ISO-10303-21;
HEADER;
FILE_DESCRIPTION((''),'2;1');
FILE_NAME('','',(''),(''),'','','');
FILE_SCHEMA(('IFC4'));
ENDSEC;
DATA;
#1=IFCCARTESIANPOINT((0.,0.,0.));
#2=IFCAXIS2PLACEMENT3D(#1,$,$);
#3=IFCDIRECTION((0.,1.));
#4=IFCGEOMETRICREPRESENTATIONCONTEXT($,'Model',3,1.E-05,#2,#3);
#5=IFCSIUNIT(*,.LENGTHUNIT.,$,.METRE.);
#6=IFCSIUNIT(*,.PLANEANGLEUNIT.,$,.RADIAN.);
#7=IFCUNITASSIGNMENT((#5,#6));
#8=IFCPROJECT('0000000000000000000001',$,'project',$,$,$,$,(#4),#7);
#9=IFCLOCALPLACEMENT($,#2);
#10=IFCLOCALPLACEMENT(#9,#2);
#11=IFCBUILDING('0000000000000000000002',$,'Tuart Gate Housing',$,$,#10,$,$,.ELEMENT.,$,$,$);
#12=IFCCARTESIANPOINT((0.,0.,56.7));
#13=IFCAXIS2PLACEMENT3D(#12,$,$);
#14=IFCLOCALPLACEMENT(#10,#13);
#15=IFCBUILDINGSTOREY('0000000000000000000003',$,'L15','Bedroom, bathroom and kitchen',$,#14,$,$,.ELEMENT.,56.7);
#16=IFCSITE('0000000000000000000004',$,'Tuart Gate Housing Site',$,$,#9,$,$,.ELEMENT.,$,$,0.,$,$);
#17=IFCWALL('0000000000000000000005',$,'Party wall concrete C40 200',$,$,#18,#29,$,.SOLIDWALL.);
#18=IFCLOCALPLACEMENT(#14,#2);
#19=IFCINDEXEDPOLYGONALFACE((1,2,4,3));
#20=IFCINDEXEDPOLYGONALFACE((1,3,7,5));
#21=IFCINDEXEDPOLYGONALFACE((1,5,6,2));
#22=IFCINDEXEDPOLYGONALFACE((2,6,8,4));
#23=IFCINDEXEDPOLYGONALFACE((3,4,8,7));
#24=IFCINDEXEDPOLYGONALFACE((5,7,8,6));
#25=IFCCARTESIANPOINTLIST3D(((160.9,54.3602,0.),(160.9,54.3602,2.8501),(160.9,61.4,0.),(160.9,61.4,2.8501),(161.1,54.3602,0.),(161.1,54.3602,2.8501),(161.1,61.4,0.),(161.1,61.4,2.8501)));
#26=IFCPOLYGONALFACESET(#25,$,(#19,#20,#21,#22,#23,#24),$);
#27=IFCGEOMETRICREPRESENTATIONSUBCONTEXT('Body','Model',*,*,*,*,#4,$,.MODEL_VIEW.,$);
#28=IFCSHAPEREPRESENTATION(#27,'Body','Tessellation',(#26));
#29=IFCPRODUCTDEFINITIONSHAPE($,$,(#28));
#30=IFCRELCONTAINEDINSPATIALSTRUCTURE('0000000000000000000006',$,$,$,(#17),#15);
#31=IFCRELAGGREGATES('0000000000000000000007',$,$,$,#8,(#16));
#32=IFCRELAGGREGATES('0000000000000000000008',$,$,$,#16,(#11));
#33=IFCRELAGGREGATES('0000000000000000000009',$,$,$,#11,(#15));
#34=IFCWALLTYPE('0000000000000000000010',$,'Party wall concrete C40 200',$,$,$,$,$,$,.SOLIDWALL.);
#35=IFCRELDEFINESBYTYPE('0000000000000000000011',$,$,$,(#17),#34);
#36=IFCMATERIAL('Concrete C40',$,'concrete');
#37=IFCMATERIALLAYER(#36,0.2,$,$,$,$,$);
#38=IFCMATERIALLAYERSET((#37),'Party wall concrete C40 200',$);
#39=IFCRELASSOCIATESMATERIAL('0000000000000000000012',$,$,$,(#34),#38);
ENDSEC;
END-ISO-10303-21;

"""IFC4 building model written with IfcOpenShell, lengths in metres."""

from ifc_helpers import new_model, si_unit, direction, frame, frame_2d, origin, place, context, subcontext, project, spatial, rectangle, extrude, material, layer, layer_set, type_object, element, save


model = new_model("IFC4")

# Units and contexts
model_context = context("Model", 3, precision=1e-05, world=origin(), true_north=direction((0.0, 1.0)))
body_context = subcontext(model_context, "Body", "Model", "MODEL_VIEW")
ifc_project = project(units=[si_unit("LENGTHUNIT", "METRE"), si_unit("PLANEANGLEUNIT", "RADIAN")], contexts=[model_context])

# Site, building, storey
site_placement = place(None, origin())
site = spatial("IfcSite", under=ifc_project, at=site_placement, Name="Tuart Gate Housing Site", CompositionType="ELEMENT", RefElevation=0.0)
building_placement = place(site_placement, origin())
building = spatial("IfcBuilding", under=site, at=building_placement, Name="Tuart Gate Housing", CompositionType="ELEMENT")
storey_placement = place(building_placement, frame((0.0, 0.0, 56.7)))
storey = spatial("IfcBuildingStorey", under=building, at=storey_placement, Name="L15", Description="Bedroom, bathroom and kitchen", CompositionType="ELEMENT", Elevation=56.7)

# Wall
ifc_material_1 = material(Name="Concrete C40", Category="concrete")
ifc_layer_1 = layer(ifc_material_1, 0.2)
ifc_layer_set_1 = layer_set([ifc_layer_1], Name="Party wall concrete C40 200")
wall_type_1 = type_object("IfcWallType", Name="Party wall concrete C40 200", PredefinedType="SOLIDWALL", material=ifc_layer_set_1)
wall_1_placement = place(storey_placement, frame((161.0, 54.3601, 0.0), z_axis=(0.0, 0.0, 1.0), x_axis=(0.0, 1.0, 0.0)))
element("IfcWall", 1, at=wall_1_placement, inside=storey, type_object=wall_type_1, Name="Party wall concrete C40 200", PredefinedType="SOLIDWALL", context=body_context, shape_type="SweptSolid", body=[
    extrude(rectangle(XDim=7.0398, YDim=0.2, at=frame_2d((3.52, 0.0))), origin(), (0.0, 0.0, 1.0), 2.8501),
])

save(model, "model.ifc")
